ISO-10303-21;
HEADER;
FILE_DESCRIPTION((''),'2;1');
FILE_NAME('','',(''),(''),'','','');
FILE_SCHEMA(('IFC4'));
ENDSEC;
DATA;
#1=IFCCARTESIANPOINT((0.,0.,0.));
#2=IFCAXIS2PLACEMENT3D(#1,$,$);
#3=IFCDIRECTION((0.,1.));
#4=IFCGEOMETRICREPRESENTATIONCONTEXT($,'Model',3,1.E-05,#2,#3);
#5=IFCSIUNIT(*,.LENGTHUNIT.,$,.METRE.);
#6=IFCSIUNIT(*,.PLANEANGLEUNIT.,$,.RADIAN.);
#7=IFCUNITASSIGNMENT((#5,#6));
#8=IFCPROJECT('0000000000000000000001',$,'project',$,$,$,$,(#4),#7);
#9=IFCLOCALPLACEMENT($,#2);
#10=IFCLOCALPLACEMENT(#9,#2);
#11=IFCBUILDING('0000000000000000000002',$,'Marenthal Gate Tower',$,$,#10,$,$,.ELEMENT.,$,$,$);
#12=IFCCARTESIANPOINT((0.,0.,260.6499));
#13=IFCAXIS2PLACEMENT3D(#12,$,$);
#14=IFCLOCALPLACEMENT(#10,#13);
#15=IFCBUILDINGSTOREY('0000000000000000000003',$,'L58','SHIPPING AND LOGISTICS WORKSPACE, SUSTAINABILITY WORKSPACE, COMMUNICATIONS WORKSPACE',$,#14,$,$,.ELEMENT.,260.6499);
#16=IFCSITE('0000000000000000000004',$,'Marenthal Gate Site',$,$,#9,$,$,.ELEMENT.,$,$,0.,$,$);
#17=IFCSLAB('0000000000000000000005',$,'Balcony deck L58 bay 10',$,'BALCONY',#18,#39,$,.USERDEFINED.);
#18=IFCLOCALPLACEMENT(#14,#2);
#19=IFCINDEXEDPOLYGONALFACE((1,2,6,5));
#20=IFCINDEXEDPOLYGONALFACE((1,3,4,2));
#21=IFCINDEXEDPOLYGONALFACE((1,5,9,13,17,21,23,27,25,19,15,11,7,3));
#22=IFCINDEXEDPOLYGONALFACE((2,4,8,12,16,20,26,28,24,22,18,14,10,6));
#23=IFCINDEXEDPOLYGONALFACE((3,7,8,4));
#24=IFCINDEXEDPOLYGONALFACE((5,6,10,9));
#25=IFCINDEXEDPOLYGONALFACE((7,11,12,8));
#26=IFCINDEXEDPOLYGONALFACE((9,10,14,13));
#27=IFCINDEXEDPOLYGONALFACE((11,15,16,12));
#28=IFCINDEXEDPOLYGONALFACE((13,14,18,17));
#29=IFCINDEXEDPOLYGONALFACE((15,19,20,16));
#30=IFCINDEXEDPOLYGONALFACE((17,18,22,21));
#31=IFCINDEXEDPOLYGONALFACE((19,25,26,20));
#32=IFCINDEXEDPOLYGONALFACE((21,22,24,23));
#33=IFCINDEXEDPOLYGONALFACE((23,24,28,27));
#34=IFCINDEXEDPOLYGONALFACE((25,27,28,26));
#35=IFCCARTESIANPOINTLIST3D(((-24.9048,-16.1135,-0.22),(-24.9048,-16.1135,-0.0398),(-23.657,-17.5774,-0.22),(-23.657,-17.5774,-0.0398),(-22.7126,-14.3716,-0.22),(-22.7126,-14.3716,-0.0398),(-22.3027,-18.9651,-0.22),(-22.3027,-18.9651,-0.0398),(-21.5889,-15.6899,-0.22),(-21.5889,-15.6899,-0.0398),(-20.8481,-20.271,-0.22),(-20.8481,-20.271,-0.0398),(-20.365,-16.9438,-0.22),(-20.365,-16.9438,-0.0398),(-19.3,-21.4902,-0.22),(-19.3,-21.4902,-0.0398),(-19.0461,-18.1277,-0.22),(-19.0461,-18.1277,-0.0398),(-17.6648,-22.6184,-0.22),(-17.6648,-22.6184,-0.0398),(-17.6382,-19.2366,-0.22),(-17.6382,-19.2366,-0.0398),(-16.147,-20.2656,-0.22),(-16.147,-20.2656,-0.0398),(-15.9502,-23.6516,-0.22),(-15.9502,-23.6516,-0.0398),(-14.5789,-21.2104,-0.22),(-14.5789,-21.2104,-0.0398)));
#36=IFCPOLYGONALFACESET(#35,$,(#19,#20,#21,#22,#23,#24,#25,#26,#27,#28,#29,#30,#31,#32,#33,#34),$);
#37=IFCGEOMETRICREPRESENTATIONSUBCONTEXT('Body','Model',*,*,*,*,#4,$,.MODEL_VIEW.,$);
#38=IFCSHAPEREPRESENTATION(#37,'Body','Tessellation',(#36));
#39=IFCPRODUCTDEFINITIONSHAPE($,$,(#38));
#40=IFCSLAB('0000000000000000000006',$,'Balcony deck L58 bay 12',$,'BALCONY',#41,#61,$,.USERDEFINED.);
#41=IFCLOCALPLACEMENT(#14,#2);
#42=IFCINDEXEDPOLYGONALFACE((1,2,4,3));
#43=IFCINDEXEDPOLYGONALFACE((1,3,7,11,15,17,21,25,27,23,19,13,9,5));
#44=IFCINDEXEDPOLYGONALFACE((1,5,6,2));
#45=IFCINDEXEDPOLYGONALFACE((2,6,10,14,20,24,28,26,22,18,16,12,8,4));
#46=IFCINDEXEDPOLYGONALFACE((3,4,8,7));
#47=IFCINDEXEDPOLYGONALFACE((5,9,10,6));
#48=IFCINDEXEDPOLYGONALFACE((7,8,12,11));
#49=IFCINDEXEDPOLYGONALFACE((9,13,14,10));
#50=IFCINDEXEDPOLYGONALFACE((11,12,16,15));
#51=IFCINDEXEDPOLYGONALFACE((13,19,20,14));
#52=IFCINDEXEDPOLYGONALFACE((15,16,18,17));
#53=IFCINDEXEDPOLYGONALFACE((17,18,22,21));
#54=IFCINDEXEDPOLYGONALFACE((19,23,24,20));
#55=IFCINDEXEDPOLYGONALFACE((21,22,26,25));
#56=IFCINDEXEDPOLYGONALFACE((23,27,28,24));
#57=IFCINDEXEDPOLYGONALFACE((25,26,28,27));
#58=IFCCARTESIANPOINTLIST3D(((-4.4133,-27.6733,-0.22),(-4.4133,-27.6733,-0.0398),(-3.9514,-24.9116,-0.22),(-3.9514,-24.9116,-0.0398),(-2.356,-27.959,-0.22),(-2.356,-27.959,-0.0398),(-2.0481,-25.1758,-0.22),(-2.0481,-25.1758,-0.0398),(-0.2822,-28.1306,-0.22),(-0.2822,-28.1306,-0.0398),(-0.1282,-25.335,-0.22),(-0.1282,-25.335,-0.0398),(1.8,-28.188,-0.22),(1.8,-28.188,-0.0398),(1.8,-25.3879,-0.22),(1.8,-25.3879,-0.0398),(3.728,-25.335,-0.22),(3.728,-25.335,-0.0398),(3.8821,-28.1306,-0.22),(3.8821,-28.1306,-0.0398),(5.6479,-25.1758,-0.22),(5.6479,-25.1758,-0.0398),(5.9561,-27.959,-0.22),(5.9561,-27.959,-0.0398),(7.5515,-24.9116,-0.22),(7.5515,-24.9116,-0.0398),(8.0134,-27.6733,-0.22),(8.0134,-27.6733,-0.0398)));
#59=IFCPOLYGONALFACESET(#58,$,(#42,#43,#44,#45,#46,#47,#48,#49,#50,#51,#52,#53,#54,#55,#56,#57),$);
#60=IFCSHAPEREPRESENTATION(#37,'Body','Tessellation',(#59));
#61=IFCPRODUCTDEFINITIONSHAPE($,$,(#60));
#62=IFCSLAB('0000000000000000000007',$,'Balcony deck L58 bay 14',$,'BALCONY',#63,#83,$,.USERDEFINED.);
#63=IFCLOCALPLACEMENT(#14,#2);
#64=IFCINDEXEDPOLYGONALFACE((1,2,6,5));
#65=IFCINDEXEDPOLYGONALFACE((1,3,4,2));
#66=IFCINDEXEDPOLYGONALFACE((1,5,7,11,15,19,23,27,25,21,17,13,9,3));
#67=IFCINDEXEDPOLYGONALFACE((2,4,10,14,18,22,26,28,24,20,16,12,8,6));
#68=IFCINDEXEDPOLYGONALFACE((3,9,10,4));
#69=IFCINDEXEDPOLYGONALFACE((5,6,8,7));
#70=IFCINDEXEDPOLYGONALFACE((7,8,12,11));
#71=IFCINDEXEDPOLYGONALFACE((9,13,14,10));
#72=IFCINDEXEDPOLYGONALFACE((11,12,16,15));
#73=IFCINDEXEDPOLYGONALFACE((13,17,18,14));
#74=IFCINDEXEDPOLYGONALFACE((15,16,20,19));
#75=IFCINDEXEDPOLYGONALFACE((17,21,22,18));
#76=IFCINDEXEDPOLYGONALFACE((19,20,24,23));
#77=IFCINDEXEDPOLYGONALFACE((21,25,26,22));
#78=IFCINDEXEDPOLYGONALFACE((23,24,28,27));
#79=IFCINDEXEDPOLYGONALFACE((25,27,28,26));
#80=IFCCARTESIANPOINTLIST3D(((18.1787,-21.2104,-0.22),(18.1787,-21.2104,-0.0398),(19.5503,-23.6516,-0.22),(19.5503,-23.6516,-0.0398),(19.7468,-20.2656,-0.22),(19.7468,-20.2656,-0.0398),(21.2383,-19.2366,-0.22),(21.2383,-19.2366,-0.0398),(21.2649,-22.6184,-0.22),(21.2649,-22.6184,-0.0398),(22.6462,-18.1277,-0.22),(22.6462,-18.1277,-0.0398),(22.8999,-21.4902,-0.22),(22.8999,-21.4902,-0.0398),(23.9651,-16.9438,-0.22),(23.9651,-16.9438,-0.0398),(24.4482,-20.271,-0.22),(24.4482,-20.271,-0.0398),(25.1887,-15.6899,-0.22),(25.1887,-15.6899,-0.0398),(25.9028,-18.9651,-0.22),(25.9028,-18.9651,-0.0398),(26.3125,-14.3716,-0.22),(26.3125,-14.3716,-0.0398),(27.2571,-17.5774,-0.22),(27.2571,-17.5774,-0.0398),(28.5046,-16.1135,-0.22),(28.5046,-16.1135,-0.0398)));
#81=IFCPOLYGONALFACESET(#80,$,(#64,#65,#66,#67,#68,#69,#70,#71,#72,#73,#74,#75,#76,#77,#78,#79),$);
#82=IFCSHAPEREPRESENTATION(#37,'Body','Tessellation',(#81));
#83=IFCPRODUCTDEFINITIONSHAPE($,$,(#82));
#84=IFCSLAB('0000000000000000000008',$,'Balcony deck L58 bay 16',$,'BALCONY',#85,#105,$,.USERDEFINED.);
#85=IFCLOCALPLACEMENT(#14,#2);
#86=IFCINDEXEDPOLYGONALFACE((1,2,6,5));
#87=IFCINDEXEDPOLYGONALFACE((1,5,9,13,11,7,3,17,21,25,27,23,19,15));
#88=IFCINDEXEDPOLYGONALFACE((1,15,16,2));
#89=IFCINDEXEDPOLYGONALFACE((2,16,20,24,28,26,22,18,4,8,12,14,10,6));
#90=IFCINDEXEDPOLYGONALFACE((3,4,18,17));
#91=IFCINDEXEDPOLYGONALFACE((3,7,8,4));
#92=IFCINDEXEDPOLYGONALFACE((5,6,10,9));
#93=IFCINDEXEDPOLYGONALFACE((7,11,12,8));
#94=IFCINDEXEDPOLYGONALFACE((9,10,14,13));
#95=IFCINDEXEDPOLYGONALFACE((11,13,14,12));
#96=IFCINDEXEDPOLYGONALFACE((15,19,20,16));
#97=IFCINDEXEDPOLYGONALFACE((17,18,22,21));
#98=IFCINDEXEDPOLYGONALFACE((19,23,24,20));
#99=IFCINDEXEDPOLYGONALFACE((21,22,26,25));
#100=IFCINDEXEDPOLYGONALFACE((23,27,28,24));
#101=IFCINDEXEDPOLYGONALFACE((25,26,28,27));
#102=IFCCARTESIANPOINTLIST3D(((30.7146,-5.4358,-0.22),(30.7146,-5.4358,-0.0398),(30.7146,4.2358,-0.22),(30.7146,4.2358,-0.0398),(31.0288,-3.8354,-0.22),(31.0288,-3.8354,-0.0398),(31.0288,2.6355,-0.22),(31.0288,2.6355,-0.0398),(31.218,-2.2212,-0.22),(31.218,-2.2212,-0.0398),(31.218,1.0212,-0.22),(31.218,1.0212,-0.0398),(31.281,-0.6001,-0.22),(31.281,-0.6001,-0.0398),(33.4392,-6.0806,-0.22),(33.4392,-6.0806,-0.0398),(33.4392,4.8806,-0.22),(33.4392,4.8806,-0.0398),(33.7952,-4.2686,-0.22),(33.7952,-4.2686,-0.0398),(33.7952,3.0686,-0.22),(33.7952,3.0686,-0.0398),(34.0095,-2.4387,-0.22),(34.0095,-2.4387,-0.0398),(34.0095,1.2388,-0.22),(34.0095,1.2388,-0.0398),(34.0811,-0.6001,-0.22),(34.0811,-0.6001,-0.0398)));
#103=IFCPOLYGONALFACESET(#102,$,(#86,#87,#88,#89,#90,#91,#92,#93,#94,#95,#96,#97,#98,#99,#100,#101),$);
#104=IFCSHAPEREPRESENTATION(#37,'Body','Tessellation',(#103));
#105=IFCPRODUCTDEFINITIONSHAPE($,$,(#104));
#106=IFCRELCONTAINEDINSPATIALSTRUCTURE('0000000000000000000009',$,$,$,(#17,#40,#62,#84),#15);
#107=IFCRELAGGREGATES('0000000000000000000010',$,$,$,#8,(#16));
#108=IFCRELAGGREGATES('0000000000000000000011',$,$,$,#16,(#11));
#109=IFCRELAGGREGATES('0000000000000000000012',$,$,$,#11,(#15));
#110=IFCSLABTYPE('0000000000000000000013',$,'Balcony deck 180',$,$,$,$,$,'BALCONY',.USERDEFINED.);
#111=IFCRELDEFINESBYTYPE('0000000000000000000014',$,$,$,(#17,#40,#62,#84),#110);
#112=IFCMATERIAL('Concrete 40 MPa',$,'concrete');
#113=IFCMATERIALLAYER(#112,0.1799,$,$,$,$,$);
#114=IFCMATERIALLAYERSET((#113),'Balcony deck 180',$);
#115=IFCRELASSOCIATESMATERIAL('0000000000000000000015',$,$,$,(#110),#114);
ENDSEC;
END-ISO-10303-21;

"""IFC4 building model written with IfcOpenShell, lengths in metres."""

from ifc_helpers import new_model, si_unit, direction, frame, origin, place, context, subcontext, project, spatial, polyline, outline, extrude, material, layer, layer_set, type_object, element, save


model = new_model("IFC4")

# Units and contexts
model_context = context("Model", 3, precision=1e-05, world=origin(), true_north=direction((0.0, 1.0)))
body_context = subcontext(model_context, "Body", "Model", "MODEL_VIEW")
ifc_project = project(units=[si_unit("LENGTHUNIT", "METRE"), si_unit("PLANEANGLEUNIT", "RADIAN")], contexts=[model_context])

# Site, building, storey
site_placement = place(None, origin())
site = spatial("IfcSite", under=ifc_project, at=site_placement, Name="Marenthal Gate Site", CompositionType="ELEMENT", RefElevation=0.0)
building_placement = place(site_placement, origin())
building = spatial("IfcBuilding", under=site, at=building_placement, Name="Marenthal Gate Tower", CompositionType="ELEMENT")
storey_placement = place(building_placement, frame((0.0, 0.0, 260.6499)))
storey = spatial("IfcBuildingStorey", under=building, at=storey_placement, Name="L58", Description="SHIPPING AND LOGISTICS WORKSPACE, SUSTAINABILITY WORKSPACE, COMMUNICATIONS WORKSPACE", CompositionType="ELEMENT", Elevation=260.6499)

# Slabs
ifc_material_1 = material(Name="Concrete 40 MPa", Category="concrete")
ifc_layer_1 = layer(ifc_material_1, 0.1799)
ifc_layer_set_1 = layer_set([ifc_layer_1], Name="Balcony deck 180")
slab_type_1 = type_object("IfcSlabType", Name="Balcony deck 180", ElementType="BALCONY", PredefinedType="USERDEFINED", material=ifc_layer_set_1)
slab_1_placement = place(storey_placement, frame((0.0, 0.0, -0.22)))
element("IfcSlab", 1, at=slab_1_placement, inside=storey, type_object=slab_type_1, Name="Balcony deck L58 bay 10", ObjectType="BALCONY", PredefinedType="USERDEFINED", context=body_context, shape_type="SweptSolid", body=[
    extrude(outline(polyline([(-22.7126, -14.3716), (-21.5889, -15.6899), (-20.365, -16.9438), (-19.0461, -18.1277), (-17.6382, -19.2366), (-16.147, -20.2656), (-14.5789, -21.2104), (-15.9502, -23.6516), (-17.6648, -22.6184), (-19.3, -21.4902), (-20.8481, -20.271), (-22.3027, -18.9651), (-23.657, -17.5774), (-24.9048, -16.1135), (-22.7126, -14.3716)])), origin(), (0.0, 0.0, 1.0), 0.1802),
])
slab_2_placement = place(storey_placement, frame((0.0, 0.0, -0.22)))
element("IfcSlab", 2, at=slab_2_placement, inside=storey, type_object=slab_type_1, Name="Balcony deck L58 bay 12", ObjectType="BALCONY", PredefinedType="USERDEFINED", context=body_context, shape_type="SweptSolid", body=[
    extrude(outline(polyline([(-3.9514, -24.9116), (-2.0481, -25.1758), (-0.1282, -25.335), (1.8, -25.3879), (3.728, -25.335), (5.6479, -25.1758), (7.5515, -24.9116), (8.0134, -27.6733), (5.9561, -27.959), (3.8821, -28.1306), (1.8, -28.188), (-0.2822, -28.1306), (-2.356, -27.959), (-4.4133, -27.6733), (-3.9514, -24.9116)])), origin(), (0.0, 0.0, 1.0), 0.1802),
])
slab_3_placement = place(storey_placement, frame((0.0, 0.0, -0.22)))
element("IfcSlab", 3, at=slab_3_placement, inside=storey, type_object=slab_type_1, Name="Balcony deck L58 bay 14", ObjectType="BALCONY", PredefinedType="USERDEFINED", context=body_context, shape_type="SweptSolid", body=[
    extrude(outline(polyline([(18.1787, -21.2104), (19.7468, -20.2656), (21.2383, -19.2366), (22.6462, -18.1277), (23.9651, -16.9438), (25.1887, -15.6899), (26.3125, -14.3716), (28.5046, -16.1135), (27.2571, -17.5774), (25.9028, -18.9651), (24.4482, -20.271), (22.8999, -21.4902), (21.2649, -22.6184), (19.5503, -23.6516), (18.1787, -21.2104)])), origin(), (0.0, 0.0, 1.0), 0.1802),
])
slab_4_placement = place(storey_placement, frame((0.0, 0.0, -0.22)))
element("IfcSlab", 4, at=slab_4_placement, inside=storey, type_object=slab_type_1, Name="Balcony deck L58 bay 16", ObjectType="BALCONY", PredefinedType="USERDEFINED", context=body_context, shape_type="SweptSolid", body=[
    extrude(outline(polyline([(30.7146, -5.4358), (31.0288, -3.8354), (31.218, -2.2212), (31.281, -0.6001), (31.218, 1.0212), (31.0288, 2.6355), (30.7146, 4.2358), (33.4392, 4.8806), (33.7952, 3.0686), (34.0095, 1.2388), (34.0811, -0.6001), (34.0095, -2.4387), (33.7952, -4.2686), (33.4392, -6.0806), (30.7146, -5.4358)])), origin(), (0.0, 0.0, 1.0), 0.1802),
])

save(model, "model.ifc")
